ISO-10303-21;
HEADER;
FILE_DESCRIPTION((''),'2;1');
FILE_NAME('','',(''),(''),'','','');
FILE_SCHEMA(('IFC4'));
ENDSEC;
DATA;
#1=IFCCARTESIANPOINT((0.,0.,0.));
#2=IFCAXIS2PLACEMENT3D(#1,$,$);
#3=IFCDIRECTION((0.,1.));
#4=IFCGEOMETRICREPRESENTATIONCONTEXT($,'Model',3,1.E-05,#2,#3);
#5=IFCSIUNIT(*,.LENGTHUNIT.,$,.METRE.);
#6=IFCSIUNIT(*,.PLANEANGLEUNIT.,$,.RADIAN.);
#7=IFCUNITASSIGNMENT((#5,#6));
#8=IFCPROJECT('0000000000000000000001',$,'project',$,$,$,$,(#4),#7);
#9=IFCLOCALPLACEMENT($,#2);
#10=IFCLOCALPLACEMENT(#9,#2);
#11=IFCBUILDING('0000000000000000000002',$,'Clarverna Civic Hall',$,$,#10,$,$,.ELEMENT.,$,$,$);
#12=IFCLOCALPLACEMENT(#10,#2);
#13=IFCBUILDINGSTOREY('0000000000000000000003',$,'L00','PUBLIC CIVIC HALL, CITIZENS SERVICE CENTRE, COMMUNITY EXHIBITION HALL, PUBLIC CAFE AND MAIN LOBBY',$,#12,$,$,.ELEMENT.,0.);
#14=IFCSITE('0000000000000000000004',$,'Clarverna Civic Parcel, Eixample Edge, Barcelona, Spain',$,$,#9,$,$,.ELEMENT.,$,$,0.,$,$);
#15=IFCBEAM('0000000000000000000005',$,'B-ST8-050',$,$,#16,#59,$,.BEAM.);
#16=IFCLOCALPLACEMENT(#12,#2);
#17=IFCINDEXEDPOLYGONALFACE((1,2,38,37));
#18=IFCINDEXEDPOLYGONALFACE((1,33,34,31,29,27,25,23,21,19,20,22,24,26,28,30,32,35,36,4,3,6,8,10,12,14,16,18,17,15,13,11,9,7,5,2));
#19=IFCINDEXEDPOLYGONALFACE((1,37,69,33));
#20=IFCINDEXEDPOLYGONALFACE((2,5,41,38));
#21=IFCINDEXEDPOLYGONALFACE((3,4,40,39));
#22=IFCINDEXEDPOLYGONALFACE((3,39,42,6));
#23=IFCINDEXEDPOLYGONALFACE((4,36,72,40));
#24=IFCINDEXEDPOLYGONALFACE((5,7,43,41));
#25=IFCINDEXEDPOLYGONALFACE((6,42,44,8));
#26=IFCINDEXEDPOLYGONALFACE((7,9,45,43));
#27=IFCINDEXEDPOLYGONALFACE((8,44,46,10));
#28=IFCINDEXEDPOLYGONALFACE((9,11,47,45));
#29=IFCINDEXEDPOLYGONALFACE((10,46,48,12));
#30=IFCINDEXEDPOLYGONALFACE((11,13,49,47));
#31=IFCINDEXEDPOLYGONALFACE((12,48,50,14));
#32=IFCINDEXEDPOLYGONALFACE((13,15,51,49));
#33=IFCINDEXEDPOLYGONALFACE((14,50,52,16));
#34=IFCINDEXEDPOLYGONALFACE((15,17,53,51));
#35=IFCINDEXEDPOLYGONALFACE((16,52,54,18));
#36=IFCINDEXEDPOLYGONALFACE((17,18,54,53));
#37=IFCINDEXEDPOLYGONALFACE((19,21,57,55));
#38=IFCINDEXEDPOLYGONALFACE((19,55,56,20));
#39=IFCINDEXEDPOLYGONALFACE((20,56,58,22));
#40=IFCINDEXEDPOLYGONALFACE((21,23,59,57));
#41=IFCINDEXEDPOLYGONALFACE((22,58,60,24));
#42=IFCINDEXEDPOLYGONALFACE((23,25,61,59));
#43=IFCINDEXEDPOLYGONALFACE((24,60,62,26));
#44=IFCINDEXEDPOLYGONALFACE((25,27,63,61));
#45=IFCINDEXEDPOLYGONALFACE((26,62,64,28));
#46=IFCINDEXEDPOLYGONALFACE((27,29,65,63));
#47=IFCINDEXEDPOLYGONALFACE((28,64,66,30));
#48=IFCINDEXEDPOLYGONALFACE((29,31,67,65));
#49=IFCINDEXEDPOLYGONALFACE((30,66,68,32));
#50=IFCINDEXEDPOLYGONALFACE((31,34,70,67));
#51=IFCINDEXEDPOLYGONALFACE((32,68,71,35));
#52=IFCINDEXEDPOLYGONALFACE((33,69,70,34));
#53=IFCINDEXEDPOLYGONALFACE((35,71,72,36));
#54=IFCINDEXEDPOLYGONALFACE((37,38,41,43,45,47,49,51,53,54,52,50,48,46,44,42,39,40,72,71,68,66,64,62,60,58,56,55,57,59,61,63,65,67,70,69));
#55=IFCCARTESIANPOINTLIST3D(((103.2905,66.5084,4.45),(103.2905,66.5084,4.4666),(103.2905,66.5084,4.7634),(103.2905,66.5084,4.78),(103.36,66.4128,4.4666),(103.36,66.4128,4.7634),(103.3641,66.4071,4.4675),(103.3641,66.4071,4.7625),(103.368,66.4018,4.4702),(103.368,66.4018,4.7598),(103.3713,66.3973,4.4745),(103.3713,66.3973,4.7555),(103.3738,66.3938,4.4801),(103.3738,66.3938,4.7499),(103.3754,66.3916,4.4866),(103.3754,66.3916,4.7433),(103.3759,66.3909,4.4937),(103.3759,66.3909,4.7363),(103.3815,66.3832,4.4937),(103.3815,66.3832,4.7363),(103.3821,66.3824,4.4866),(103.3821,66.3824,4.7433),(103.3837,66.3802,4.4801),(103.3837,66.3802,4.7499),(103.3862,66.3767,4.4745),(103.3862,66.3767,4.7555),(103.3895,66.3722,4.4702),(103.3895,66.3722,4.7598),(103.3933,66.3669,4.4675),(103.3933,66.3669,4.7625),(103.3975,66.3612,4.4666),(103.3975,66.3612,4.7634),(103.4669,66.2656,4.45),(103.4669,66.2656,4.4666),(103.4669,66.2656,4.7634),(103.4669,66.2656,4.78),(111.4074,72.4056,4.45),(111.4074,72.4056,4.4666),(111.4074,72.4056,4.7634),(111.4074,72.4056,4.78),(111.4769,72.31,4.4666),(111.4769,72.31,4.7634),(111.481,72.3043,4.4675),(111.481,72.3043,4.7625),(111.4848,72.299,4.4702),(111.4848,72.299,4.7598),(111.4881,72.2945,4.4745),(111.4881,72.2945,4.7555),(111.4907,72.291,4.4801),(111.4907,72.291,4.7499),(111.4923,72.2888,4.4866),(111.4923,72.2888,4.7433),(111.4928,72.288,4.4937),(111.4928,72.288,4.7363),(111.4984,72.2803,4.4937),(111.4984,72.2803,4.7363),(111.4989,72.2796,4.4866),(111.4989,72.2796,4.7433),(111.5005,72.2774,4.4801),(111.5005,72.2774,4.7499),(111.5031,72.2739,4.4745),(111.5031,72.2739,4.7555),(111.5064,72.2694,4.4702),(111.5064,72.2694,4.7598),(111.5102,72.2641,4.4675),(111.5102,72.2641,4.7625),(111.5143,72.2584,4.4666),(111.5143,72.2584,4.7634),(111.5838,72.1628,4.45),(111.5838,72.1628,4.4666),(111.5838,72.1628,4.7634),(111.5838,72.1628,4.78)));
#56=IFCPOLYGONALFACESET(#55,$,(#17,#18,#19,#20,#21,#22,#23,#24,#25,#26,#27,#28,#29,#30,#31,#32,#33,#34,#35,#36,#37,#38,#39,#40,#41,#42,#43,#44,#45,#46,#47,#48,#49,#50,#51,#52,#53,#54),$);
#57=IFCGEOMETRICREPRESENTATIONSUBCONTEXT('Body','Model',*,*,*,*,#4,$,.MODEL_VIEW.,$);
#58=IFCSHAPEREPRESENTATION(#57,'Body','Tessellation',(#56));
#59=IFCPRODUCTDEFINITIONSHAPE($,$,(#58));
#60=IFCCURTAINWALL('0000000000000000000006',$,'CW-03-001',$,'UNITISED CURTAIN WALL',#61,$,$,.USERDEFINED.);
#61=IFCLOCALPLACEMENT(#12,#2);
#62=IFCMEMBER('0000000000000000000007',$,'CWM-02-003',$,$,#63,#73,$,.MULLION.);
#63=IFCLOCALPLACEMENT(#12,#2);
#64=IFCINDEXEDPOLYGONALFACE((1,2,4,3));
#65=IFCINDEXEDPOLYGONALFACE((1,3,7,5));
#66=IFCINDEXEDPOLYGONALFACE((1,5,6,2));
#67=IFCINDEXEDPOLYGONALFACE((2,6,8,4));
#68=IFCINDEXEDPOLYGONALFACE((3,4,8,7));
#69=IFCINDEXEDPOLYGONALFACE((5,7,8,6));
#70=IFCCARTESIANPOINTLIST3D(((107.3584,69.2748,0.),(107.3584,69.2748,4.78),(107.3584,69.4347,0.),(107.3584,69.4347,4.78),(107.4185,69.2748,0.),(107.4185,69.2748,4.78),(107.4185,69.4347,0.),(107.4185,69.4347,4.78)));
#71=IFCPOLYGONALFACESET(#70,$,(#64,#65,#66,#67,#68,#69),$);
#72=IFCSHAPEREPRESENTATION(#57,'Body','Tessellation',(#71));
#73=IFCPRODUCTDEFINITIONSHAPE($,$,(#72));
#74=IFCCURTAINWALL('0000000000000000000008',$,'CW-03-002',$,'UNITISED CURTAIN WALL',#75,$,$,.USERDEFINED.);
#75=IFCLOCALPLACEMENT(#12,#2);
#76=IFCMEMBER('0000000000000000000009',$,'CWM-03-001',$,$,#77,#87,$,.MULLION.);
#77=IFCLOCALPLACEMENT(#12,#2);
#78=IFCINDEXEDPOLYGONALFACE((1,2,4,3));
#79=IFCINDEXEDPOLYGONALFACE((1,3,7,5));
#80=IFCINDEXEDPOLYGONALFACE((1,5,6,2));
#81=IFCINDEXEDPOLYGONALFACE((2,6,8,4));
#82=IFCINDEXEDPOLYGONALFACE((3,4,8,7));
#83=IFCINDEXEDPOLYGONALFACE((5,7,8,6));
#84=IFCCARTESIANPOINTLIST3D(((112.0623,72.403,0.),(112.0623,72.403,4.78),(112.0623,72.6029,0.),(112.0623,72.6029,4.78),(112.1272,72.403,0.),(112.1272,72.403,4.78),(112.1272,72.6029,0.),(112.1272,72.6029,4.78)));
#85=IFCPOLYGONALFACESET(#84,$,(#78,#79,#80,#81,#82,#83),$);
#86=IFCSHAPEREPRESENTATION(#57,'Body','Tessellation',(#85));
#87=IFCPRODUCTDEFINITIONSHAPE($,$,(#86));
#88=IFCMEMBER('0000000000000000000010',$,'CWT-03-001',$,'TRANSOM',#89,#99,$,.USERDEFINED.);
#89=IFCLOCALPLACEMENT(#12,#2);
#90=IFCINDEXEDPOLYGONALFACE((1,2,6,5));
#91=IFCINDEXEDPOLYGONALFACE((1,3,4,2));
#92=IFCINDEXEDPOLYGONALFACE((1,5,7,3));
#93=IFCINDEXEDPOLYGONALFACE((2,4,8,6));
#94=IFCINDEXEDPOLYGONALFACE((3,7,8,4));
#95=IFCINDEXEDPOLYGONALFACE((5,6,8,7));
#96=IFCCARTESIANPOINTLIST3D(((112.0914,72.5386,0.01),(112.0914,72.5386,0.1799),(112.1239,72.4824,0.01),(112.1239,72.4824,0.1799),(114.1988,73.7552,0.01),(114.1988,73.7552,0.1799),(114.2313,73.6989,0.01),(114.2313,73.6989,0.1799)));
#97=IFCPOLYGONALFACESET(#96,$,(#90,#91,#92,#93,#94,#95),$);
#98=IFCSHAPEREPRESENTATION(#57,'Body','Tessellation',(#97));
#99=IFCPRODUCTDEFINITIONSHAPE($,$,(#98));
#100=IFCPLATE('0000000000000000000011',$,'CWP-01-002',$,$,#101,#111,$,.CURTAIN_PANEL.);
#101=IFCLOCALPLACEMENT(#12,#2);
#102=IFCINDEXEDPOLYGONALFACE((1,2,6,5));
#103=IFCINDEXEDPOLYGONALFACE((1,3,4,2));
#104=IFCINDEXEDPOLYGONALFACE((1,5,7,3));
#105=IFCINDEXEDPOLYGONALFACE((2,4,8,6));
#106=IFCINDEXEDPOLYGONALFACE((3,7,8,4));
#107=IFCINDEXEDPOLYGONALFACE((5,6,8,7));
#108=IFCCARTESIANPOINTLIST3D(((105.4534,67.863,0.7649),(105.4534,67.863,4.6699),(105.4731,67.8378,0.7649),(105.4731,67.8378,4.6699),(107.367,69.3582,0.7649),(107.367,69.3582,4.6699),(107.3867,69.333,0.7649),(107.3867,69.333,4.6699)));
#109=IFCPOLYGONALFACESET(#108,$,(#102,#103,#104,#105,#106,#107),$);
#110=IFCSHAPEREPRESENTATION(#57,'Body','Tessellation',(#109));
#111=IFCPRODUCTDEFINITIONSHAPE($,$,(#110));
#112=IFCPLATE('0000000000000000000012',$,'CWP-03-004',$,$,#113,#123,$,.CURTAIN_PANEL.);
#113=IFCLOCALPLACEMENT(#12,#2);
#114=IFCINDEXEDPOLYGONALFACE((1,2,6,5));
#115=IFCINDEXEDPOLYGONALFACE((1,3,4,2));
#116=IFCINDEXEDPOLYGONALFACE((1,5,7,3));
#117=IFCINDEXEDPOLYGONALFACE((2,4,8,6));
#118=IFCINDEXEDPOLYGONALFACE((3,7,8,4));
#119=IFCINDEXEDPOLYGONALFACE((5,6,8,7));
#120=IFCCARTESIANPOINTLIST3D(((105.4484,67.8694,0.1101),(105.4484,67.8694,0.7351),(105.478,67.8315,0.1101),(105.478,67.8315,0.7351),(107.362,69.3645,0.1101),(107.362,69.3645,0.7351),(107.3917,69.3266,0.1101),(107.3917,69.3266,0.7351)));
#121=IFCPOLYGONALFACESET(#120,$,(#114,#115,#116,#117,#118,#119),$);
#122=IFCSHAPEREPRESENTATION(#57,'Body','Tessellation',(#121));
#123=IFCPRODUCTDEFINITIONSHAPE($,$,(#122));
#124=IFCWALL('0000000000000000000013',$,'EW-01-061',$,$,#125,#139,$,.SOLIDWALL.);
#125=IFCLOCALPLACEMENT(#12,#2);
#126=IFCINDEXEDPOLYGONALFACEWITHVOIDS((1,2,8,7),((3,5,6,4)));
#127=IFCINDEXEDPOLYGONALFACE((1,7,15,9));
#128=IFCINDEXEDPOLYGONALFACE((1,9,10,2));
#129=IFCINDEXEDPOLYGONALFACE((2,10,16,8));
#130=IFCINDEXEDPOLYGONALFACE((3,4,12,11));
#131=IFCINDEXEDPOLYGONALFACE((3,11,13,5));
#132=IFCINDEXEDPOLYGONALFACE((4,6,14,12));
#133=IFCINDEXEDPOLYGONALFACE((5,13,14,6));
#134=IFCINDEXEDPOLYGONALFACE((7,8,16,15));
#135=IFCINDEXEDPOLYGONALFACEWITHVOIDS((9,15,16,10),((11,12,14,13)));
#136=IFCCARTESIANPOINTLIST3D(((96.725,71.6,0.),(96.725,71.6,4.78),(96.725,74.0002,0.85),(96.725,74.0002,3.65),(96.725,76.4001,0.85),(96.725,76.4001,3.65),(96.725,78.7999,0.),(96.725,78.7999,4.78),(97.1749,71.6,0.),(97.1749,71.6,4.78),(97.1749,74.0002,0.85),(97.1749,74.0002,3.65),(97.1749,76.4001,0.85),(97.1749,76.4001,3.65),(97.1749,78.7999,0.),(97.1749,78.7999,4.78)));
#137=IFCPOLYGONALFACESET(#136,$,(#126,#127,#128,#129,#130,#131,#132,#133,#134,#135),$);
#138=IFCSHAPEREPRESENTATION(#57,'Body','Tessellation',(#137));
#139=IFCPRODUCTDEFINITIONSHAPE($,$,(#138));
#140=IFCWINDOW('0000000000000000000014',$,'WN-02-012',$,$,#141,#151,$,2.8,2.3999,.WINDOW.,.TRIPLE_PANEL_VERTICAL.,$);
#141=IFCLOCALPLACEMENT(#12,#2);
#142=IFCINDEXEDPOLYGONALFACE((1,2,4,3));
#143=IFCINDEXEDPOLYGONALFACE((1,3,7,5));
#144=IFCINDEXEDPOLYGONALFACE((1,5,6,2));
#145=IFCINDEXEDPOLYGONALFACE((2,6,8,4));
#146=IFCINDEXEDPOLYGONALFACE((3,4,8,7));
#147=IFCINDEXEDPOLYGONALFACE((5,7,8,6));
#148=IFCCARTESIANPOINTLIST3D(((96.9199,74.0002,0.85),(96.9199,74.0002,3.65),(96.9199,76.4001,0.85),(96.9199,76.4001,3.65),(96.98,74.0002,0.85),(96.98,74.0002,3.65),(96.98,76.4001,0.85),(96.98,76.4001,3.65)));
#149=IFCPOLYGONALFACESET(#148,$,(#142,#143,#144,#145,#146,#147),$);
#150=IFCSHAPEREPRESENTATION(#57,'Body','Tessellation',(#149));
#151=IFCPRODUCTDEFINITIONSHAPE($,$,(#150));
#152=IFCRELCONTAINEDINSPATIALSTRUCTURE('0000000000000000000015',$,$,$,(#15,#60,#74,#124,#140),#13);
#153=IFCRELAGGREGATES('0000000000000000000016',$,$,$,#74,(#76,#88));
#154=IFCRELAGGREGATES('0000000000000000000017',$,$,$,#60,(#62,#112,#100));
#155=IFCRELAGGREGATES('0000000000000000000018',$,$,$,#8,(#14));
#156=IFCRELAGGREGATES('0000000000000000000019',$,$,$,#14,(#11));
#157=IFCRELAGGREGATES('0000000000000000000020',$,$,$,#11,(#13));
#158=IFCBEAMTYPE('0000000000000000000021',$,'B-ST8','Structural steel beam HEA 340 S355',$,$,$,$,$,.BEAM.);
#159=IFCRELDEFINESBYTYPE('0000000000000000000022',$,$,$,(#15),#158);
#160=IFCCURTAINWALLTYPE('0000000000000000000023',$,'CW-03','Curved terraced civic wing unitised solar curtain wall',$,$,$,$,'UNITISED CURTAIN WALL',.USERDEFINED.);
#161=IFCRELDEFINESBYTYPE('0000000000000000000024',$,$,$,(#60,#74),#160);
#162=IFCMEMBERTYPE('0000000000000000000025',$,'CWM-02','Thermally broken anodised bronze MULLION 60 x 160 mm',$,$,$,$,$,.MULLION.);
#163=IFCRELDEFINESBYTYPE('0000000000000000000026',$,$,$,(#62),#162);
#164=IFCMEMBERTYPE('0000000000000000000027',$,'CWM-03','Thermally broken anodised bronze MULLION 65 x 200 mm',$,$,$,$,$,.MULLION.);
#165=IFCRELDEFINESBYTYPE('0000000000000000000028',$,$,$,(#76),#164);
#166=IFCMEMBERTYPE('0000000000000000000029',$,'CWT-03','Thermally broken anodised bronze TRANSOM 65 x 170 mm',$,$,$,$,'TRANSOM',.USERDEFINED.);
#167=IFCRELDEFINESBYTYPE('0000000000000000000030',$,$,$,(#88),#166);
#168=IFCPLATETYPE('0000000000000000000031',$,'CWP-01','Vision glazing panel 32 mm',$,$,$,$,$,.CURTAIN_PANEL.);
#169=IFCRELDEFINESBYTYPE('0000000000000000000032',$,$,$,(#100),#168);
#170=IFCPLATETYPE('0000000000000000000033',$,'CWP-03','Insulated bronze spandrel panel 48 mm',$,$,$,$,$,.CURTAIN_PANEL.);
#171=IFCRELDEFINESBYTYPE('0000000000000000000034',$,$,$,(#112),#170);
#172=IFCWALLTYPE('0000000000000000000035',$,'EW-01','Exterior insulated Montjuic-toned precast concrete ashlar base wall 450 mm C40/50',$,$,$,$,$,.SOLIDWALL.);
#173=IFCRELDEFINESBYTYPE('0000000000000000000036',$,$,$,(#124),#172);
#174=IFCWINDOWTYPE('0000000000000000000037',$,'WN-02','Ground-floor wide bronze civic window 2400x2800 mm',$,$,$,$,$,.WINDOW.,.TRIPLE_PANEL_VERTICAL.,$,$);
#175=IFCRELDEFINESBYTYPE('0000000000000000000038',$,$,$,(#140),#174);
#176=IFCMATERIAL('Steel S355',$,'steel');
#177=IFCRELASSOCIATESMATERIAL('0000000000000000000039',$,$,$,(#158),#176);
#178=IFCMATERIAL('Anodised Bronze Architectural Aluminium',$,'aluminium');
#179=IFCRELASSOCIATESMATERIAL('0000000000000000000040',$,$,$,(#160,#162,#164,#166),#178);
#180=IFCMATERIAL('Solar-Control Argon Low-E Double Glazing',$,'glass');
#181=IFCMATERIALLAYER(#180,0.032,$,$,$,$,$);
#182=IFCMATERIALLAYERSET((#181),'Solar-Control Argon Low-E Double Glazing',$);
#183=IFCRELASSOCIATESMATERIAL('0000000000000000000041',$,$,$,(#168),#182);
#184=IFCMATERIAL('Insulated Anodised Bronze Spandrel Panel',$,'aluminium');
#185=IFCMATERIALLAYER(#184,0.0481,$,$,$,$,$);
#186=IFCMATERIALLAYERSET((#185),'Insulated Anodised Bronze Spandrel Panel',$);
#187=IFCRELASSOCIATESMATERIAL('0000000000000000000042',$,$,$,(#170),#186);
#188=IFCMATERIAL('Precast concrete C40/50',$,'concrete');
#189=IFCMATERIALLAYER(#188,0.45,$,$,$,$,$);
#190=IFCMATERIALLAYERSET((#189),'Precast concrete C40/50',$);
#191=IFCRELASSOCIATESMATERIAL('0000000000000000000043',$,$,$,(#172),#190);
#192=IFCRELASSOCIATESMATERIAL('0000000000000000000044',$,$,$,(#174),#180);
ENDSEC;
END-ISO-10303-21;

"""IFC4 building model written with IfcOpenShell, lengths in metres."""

from ifc_helpers import new_model, si_unit, direction, frame, frame_2d, origin, origin_2d, place, context, subcontext, project, spatial, rectangle, i_section, extrude, material, layer, layer_set, material_profile, profile_set, type_object, element, fill, aggregate, save


model = new_model("IFC4")

# Units and contexts
model_context = context("Model", 3, precision=1e-05, world=origin(), true_north=direction((0.0, 1.0)))
body_context = subcontext(model_context, "Body", "Model", "MODEL_VIEW")
ifc_project = project(units=[si_unit("LENGTHUNIT", "METRE"), si_unit("PLANEANGLEUNIT", "RADIAN")], contexts=[model_context])

# Site, building, storey
site_placement = place(None, origin())
site = spatial("IfcSite", under=ifc_project, at=site_placement, Name="Clarverna Civic Parcel, Eixample Edge, Barcelona, Spain", CompositionType="ELEMENT", RefElevation=0.0)
building_placement = place(site_placement, origin())
building = spatial("IfcBuilding", under=site, at=building_placement, Name="Clarverna Civic Hall", CompositionType="ELEMENT")
storey_placement = place(building_placement, origin())
storey = spatial("IfcBuildingStorey", under=building, at=storey_placement, Name="L00", Description="PUBLIC CIVIC HALL, CITIZENS SERVICE CENTRE, COMMUNITY EXHIBITION HALL, PUBLIC CAFE AND MAIN LOBBY", CompositionType="ELEMENT", Elevation=0.0)

# Beam
ifc_material_1 = material(Name="Steel S355", Category="steel")
ifc_material_profile_1 = material_profile(ifc_material_1, i_section(OverallWidth=0.3, OverallDepth=0.3301, WebThickness=0.0095, FlangeThickness=0.0166, FilletRadius=0.0271, at=origin_2d()), Name="HEA 340")
ifc_profile_set_1 = profile_set([ifc_material_profile_1], Name="Steel S355")
beam_type_1 = type_object("IfcBeamType", Name="B-ST8", Description="Structural steel beam HEA 340 S355", PredefinedType="BEAM", material=ifc_profile_set_1)
beam_1_placement = place(storey_placement, frame((111.4956, 72.2842, 4.615), z_axis=(-0.809021, -0.58778, 0.0), x_axis=(0.58778, -0.809021, 0.0)))
element("IfcBeam", 1, at=beam_1_placement, inside=storey, type_object=beam_type_1, Name="B-ST8-050", PredefinedType="BEAM", context=body_context, shape_type="SweptSolid", body=[
    extrude(i_section(OverallWidth=0.3, OverallDepth=0.3301, WebThickness=0.0095, FlangeThickness=0.0166, FilletRadius=0.0271, at=origin_2d()), origin(), (0.0, 0.0, 1.0), 10.033),
])

# Curtain wall, member
ifc_material_2 = material(Name="Anodised Bronze Architectural Aluminium", Category="aluminium")
curtain_wall_type = type_object("IfcCurtainWallType", Name="CW-03", Description="Curved terraced civic wing unitised solar curtain wall", ElementType="UNITISED CURTAIN WALL", PredefinedType="USERDEFINED", material=ifc_material_2)
curtain_wall_1_placement = place(storey_placement, origin())
curtain_wall_1 = element("IfcCurtainWall", 2, at=curtain_wall_1_placement, inside=storey, type_object=curtain_wall_type, Name="CW-03-001", ObjectType="UNITISED CURTAIN WALL", PredefinedType="USERDEFINED")
ifc_material_profile_2 = material_profile(ifc_material_2, rectangle(XDim=0.0601, YDim=0.1599, at=origin_2d()), Name="BRONZE 60x160")
ifc_profile_set_2 = profile_set([ifc_material_profile_2], Name="Anodised Bronze Architectural Aluminium")
member_type_1 = type_object("IfcMemberType", Name="CWM-02", Description="Thermally broken anodised bronze MULLION 60 x 160 mm", PredefinedType="MULLION", material=ifc_profile_set_2)
member_1_placement = place(storey_placement, frame((107.3884, 69.3547, 0.0), z_axis=(0.0, 0.0, 1.0), x_axis=(1.0, 0.0, 0.0)))
member_1 = element("IfcMember", 3, at=member_1_placement, type_object=member_type_1, Name="CWM-02-003", PredefinedType="MULLION", context=body_context, shape_type="SweptSolid", body=[
    extrude(rectangle(XDim=0.0601, YDim=0.1599, at=origin_2d()), origin(), (0.0, 0.0, 1.0), 4.78),
])

# Curtain wall, members
curtain_wall_2_placement = place(storey_placement, origin())
curtain_wall_2 = element("IfcCurtainWall", 4, at=curtain_wall_2_placement, inside=storey, type_object=curtain_wall_type, Name="CW-03-002", ObjectType="UNITISED CURTAIN WALL", PredefinedType="USERDEFINED")
ifc_material_profile_3 = material_profile(ifc_material_2, rectangle(XDim=0.0649, YDim=0.2, at=origin_2d()), Name="BRONZE 65x200")
ifc_profile_set_3 = profile_set([ifc_material_profile_3], Name="Anodised Bronze Architectural Aluminium")
member_type_2 = type_object("IfcMemberType", Name="CWM-03", Description="Thermally broken anodised bronze MULLION 65 x 200 mm", PredefinedType="MULLION", material=ifc_profile_set_3)
member_2_placement = place(storey_placement, frame((112.0947, 72.5029, 0.0), z_axis=(0.0, 0.0, 1.0), x_axis=(1.0, 0.0, 0.0)))
member_2 = element("IfcMember", 5, at=member_2_placement, type_object=member_type_2, Name="CWM-03-001", PredefinedType="MULLION", context=body_context, shape_type="SweptSolid", body=[
    extrude(rectangle(XDim=0.0649, YDim=0.2, at=origin_2d()), origin(), (0.0, 0.0, 1.0), 4.78),
])
ifc_material_profile_4 = material_profile(ifc_material_2, rectangle(XDim=0.0649, YDim=0.1699, at=origin_2d()), Name="BRONZE 65x170")
ifc_profile_set_4 = profile_set([ifc_material_profile_4], Name="Anodised Bronze Architectural Aluminium")
member_type_3 = type_object("IfcMemberType", Name="CWT-03", Description="Thermally broken anodised bronze TRANSOM 65 x 170 mm", ElementType="TRANSOM", PredefinedType="USERDEFINED", material=ifc_profile_set_4)
member_3_placement = place(storey_placement, frame((112.1077, 72.5105, 0.095), z_axis=(0.866055, 0.499948, 0.0), x_axis=(-0.499948, 0.866055, 0.0)))
member_3 = element("IfcMember", 6, at=member_3_placement, type_object=member_type_3, Name="CWT-03-001", ObjectType="TRANSOM", PredefinedType="USERDEFINED", context=body_context, shape_type="SweptSolid", body=[
    extrude(rectangle(XDim=0.0649, YDim=0.1699, at=origin_2d()), origin(), (0.0, 0.0, 1.0), 2.4333),
])
aggregate(curtain_wall_2, [member_2, member_3])

# Plates
ifc_material_3 = material(Name="Solar-Control Argon Low-E Double Glazing", Category="glass")
ifc_layer_1 = layer(ifc_material_3, 0.032)
ifc_layer_set_1 = layer_set([ifc_layer_1], Name="Solar-Control Argon Low-E Double Glazing")
plate_type_1 = type_object("IfcPlateType", Name="CWP-01", Description="Vision glazing panel 32 mm", PredefinedType="CURTAIN_PANEL", material=ifc_layer_set_1)
plate_1_placement = place(storey_placement, frame((105.4631, 67.8503, 0.7649), z_axis=(0.0, 0.0, 1.0), x_axis=(0.787997, 0.615679, 0.0)))
plate_1 = element("IfcPlate", 7, at=plate_1_placement, type_object=plate_type_1, Name="CWP-01-002", PredefinedType="CURTAIN_PANEL", context=body_context, shape_type="SweptSolid", body=[
    extrude(rectangle(XDim=2.4285, YDim=0.032, at=frame_2d((1.2144, 0.0))), origin(), (0.0, 0.0, 1.0), 3.905),
])
ifc_material_4 = material(Name="Insulated Anodised Bronze Spandrel Panel", Category="aluminium")
ifc_layer_2 = layer(ifc_material_4, 0.0481)
ifc_layer_set_2 = layer_set([ifc_layer_2], Name="Insulated Anodised Bronze Spandrel Panel")
plate_type_2 = type_object("IfcPlateType", Name="CWP-03", Description="Insulated bronze spandrel panel 48 mm", PredefinedType="CURTAIN_PANEL", material=ifc_layer_set_2)
plate_2_placement = place(storey_placement, frame((105.4631, 67.8503, 0.1101), z_axis=(0.0, 0.0, 1.0), x_axis=(0.787997, 0.615679, 0.0)))
plate_2 = element("IfcPlate", 8, at=plate_2_placement, type_object=plate_type_2, Name="CWP-03-004", PredefinedType="CURTAIN_PANEL", context=body_context, shape_type="SweptSolid", body=[
    extrude(rectangle(XDim=2.4285, YDim=0.0481, at=frame_2d((1.2144, 0.0))), origin(), (0.0, 0.0, 1.0), 0.625),
])
aggregate(curtain_wall_1, [member_1, plate_2, plate_1])

# Wall, opening, window
ifc_material_5 = material(Name="Precast concrete C40/50", Category="concrete")
ifc_layer_3 = layer(ifc_material_5, 0.45)
ifc_layer_set_3 = layer_set([ifc_layer_3], Name="Precast concrete C40/50")
wall_type_1 = type_object("IfcWallType", Name="EW-01", Description="Exterior insulated Montjuic-toned precast concrete ashlar base wall 450 mm C40/50", PredefinedType="SOLIDWALL", material=ifc_layer_set_3)
wall_1_placement = place(storey_placement, frame((96.95, 78.8, 0.0), z_axis=(0.0, 0.0, 1.0), x_axis=(0.0, -1.0, 0.0)))
wall_1 = element("IfcWall", 9, at=wall_1_placement, inside=storey, type_object=wall_type_1, Name="EW-01-061", PredefinedType="SOLIDWALL", context=body_context, shape_type="SweptSolid", body=[
    extrude(rectangle(XDim=7.2, YDim=0.45, at=frame_2d((3.6001, 0.0))), origin(), (0.0, 0.0, 1.0), 4.78),
])
opening_1_placement = place(wall_1_placement, frame((2.3999, 0.0, 0.8501)))
opening_1 = element("IfcOpeningElement", 10, at=opening_1_placement, cuts=wall_1, PredefinedType="OPENING", context=body_context, shape_type="SweptSolid", body=[
    extrude(rectangle(XDim=2.3999, YDim=2.8, at=frame_2d((1.2, 1.3999))), frame((0.0, 0.2349, 0.0), z_axis=(0.0, -1.0, 0.0), x_axis=(1.0, 0.0, 0.0)), (0.0, 0.0, 1.0), 0.47),
])
window_type = type_object("IfcWindowType", Name="WN-02", Description="Ground-floor wide bronze civic window 2400x2800 mm", PartitioningType="TRIPLE_PANEL_VERTICAL", PredefinedType="WINDOW", material=ifc_material_3)
window_placement = place(opening_1_placement, origin())
window = element("IfcWindow", 11, at=window_placement, inside=storey, type_object=window_type, Name="WN-02-012", OverallHeight=2.8, OverallWidth=2.3999, PartitioningType="TRIPLE_PANEL_VERTICAL", PredefinedType="WINDOW", context=body_context, shape_type="SweptSolid", body=[
    extrude(rectangle(XDim=2.3999, YDim=2.8, at=frame_2d((1.2, 1.3999))), frame((0.0, 0.03, 0.0), z_axis=(0.0, -1.0, 0.0), x_axis=(1.0, 0.0, 0.0)), (0.0, 0.0, 1.0), 0.0601),
])
fill(opening_1, window)

save(model, "model.ifc")
